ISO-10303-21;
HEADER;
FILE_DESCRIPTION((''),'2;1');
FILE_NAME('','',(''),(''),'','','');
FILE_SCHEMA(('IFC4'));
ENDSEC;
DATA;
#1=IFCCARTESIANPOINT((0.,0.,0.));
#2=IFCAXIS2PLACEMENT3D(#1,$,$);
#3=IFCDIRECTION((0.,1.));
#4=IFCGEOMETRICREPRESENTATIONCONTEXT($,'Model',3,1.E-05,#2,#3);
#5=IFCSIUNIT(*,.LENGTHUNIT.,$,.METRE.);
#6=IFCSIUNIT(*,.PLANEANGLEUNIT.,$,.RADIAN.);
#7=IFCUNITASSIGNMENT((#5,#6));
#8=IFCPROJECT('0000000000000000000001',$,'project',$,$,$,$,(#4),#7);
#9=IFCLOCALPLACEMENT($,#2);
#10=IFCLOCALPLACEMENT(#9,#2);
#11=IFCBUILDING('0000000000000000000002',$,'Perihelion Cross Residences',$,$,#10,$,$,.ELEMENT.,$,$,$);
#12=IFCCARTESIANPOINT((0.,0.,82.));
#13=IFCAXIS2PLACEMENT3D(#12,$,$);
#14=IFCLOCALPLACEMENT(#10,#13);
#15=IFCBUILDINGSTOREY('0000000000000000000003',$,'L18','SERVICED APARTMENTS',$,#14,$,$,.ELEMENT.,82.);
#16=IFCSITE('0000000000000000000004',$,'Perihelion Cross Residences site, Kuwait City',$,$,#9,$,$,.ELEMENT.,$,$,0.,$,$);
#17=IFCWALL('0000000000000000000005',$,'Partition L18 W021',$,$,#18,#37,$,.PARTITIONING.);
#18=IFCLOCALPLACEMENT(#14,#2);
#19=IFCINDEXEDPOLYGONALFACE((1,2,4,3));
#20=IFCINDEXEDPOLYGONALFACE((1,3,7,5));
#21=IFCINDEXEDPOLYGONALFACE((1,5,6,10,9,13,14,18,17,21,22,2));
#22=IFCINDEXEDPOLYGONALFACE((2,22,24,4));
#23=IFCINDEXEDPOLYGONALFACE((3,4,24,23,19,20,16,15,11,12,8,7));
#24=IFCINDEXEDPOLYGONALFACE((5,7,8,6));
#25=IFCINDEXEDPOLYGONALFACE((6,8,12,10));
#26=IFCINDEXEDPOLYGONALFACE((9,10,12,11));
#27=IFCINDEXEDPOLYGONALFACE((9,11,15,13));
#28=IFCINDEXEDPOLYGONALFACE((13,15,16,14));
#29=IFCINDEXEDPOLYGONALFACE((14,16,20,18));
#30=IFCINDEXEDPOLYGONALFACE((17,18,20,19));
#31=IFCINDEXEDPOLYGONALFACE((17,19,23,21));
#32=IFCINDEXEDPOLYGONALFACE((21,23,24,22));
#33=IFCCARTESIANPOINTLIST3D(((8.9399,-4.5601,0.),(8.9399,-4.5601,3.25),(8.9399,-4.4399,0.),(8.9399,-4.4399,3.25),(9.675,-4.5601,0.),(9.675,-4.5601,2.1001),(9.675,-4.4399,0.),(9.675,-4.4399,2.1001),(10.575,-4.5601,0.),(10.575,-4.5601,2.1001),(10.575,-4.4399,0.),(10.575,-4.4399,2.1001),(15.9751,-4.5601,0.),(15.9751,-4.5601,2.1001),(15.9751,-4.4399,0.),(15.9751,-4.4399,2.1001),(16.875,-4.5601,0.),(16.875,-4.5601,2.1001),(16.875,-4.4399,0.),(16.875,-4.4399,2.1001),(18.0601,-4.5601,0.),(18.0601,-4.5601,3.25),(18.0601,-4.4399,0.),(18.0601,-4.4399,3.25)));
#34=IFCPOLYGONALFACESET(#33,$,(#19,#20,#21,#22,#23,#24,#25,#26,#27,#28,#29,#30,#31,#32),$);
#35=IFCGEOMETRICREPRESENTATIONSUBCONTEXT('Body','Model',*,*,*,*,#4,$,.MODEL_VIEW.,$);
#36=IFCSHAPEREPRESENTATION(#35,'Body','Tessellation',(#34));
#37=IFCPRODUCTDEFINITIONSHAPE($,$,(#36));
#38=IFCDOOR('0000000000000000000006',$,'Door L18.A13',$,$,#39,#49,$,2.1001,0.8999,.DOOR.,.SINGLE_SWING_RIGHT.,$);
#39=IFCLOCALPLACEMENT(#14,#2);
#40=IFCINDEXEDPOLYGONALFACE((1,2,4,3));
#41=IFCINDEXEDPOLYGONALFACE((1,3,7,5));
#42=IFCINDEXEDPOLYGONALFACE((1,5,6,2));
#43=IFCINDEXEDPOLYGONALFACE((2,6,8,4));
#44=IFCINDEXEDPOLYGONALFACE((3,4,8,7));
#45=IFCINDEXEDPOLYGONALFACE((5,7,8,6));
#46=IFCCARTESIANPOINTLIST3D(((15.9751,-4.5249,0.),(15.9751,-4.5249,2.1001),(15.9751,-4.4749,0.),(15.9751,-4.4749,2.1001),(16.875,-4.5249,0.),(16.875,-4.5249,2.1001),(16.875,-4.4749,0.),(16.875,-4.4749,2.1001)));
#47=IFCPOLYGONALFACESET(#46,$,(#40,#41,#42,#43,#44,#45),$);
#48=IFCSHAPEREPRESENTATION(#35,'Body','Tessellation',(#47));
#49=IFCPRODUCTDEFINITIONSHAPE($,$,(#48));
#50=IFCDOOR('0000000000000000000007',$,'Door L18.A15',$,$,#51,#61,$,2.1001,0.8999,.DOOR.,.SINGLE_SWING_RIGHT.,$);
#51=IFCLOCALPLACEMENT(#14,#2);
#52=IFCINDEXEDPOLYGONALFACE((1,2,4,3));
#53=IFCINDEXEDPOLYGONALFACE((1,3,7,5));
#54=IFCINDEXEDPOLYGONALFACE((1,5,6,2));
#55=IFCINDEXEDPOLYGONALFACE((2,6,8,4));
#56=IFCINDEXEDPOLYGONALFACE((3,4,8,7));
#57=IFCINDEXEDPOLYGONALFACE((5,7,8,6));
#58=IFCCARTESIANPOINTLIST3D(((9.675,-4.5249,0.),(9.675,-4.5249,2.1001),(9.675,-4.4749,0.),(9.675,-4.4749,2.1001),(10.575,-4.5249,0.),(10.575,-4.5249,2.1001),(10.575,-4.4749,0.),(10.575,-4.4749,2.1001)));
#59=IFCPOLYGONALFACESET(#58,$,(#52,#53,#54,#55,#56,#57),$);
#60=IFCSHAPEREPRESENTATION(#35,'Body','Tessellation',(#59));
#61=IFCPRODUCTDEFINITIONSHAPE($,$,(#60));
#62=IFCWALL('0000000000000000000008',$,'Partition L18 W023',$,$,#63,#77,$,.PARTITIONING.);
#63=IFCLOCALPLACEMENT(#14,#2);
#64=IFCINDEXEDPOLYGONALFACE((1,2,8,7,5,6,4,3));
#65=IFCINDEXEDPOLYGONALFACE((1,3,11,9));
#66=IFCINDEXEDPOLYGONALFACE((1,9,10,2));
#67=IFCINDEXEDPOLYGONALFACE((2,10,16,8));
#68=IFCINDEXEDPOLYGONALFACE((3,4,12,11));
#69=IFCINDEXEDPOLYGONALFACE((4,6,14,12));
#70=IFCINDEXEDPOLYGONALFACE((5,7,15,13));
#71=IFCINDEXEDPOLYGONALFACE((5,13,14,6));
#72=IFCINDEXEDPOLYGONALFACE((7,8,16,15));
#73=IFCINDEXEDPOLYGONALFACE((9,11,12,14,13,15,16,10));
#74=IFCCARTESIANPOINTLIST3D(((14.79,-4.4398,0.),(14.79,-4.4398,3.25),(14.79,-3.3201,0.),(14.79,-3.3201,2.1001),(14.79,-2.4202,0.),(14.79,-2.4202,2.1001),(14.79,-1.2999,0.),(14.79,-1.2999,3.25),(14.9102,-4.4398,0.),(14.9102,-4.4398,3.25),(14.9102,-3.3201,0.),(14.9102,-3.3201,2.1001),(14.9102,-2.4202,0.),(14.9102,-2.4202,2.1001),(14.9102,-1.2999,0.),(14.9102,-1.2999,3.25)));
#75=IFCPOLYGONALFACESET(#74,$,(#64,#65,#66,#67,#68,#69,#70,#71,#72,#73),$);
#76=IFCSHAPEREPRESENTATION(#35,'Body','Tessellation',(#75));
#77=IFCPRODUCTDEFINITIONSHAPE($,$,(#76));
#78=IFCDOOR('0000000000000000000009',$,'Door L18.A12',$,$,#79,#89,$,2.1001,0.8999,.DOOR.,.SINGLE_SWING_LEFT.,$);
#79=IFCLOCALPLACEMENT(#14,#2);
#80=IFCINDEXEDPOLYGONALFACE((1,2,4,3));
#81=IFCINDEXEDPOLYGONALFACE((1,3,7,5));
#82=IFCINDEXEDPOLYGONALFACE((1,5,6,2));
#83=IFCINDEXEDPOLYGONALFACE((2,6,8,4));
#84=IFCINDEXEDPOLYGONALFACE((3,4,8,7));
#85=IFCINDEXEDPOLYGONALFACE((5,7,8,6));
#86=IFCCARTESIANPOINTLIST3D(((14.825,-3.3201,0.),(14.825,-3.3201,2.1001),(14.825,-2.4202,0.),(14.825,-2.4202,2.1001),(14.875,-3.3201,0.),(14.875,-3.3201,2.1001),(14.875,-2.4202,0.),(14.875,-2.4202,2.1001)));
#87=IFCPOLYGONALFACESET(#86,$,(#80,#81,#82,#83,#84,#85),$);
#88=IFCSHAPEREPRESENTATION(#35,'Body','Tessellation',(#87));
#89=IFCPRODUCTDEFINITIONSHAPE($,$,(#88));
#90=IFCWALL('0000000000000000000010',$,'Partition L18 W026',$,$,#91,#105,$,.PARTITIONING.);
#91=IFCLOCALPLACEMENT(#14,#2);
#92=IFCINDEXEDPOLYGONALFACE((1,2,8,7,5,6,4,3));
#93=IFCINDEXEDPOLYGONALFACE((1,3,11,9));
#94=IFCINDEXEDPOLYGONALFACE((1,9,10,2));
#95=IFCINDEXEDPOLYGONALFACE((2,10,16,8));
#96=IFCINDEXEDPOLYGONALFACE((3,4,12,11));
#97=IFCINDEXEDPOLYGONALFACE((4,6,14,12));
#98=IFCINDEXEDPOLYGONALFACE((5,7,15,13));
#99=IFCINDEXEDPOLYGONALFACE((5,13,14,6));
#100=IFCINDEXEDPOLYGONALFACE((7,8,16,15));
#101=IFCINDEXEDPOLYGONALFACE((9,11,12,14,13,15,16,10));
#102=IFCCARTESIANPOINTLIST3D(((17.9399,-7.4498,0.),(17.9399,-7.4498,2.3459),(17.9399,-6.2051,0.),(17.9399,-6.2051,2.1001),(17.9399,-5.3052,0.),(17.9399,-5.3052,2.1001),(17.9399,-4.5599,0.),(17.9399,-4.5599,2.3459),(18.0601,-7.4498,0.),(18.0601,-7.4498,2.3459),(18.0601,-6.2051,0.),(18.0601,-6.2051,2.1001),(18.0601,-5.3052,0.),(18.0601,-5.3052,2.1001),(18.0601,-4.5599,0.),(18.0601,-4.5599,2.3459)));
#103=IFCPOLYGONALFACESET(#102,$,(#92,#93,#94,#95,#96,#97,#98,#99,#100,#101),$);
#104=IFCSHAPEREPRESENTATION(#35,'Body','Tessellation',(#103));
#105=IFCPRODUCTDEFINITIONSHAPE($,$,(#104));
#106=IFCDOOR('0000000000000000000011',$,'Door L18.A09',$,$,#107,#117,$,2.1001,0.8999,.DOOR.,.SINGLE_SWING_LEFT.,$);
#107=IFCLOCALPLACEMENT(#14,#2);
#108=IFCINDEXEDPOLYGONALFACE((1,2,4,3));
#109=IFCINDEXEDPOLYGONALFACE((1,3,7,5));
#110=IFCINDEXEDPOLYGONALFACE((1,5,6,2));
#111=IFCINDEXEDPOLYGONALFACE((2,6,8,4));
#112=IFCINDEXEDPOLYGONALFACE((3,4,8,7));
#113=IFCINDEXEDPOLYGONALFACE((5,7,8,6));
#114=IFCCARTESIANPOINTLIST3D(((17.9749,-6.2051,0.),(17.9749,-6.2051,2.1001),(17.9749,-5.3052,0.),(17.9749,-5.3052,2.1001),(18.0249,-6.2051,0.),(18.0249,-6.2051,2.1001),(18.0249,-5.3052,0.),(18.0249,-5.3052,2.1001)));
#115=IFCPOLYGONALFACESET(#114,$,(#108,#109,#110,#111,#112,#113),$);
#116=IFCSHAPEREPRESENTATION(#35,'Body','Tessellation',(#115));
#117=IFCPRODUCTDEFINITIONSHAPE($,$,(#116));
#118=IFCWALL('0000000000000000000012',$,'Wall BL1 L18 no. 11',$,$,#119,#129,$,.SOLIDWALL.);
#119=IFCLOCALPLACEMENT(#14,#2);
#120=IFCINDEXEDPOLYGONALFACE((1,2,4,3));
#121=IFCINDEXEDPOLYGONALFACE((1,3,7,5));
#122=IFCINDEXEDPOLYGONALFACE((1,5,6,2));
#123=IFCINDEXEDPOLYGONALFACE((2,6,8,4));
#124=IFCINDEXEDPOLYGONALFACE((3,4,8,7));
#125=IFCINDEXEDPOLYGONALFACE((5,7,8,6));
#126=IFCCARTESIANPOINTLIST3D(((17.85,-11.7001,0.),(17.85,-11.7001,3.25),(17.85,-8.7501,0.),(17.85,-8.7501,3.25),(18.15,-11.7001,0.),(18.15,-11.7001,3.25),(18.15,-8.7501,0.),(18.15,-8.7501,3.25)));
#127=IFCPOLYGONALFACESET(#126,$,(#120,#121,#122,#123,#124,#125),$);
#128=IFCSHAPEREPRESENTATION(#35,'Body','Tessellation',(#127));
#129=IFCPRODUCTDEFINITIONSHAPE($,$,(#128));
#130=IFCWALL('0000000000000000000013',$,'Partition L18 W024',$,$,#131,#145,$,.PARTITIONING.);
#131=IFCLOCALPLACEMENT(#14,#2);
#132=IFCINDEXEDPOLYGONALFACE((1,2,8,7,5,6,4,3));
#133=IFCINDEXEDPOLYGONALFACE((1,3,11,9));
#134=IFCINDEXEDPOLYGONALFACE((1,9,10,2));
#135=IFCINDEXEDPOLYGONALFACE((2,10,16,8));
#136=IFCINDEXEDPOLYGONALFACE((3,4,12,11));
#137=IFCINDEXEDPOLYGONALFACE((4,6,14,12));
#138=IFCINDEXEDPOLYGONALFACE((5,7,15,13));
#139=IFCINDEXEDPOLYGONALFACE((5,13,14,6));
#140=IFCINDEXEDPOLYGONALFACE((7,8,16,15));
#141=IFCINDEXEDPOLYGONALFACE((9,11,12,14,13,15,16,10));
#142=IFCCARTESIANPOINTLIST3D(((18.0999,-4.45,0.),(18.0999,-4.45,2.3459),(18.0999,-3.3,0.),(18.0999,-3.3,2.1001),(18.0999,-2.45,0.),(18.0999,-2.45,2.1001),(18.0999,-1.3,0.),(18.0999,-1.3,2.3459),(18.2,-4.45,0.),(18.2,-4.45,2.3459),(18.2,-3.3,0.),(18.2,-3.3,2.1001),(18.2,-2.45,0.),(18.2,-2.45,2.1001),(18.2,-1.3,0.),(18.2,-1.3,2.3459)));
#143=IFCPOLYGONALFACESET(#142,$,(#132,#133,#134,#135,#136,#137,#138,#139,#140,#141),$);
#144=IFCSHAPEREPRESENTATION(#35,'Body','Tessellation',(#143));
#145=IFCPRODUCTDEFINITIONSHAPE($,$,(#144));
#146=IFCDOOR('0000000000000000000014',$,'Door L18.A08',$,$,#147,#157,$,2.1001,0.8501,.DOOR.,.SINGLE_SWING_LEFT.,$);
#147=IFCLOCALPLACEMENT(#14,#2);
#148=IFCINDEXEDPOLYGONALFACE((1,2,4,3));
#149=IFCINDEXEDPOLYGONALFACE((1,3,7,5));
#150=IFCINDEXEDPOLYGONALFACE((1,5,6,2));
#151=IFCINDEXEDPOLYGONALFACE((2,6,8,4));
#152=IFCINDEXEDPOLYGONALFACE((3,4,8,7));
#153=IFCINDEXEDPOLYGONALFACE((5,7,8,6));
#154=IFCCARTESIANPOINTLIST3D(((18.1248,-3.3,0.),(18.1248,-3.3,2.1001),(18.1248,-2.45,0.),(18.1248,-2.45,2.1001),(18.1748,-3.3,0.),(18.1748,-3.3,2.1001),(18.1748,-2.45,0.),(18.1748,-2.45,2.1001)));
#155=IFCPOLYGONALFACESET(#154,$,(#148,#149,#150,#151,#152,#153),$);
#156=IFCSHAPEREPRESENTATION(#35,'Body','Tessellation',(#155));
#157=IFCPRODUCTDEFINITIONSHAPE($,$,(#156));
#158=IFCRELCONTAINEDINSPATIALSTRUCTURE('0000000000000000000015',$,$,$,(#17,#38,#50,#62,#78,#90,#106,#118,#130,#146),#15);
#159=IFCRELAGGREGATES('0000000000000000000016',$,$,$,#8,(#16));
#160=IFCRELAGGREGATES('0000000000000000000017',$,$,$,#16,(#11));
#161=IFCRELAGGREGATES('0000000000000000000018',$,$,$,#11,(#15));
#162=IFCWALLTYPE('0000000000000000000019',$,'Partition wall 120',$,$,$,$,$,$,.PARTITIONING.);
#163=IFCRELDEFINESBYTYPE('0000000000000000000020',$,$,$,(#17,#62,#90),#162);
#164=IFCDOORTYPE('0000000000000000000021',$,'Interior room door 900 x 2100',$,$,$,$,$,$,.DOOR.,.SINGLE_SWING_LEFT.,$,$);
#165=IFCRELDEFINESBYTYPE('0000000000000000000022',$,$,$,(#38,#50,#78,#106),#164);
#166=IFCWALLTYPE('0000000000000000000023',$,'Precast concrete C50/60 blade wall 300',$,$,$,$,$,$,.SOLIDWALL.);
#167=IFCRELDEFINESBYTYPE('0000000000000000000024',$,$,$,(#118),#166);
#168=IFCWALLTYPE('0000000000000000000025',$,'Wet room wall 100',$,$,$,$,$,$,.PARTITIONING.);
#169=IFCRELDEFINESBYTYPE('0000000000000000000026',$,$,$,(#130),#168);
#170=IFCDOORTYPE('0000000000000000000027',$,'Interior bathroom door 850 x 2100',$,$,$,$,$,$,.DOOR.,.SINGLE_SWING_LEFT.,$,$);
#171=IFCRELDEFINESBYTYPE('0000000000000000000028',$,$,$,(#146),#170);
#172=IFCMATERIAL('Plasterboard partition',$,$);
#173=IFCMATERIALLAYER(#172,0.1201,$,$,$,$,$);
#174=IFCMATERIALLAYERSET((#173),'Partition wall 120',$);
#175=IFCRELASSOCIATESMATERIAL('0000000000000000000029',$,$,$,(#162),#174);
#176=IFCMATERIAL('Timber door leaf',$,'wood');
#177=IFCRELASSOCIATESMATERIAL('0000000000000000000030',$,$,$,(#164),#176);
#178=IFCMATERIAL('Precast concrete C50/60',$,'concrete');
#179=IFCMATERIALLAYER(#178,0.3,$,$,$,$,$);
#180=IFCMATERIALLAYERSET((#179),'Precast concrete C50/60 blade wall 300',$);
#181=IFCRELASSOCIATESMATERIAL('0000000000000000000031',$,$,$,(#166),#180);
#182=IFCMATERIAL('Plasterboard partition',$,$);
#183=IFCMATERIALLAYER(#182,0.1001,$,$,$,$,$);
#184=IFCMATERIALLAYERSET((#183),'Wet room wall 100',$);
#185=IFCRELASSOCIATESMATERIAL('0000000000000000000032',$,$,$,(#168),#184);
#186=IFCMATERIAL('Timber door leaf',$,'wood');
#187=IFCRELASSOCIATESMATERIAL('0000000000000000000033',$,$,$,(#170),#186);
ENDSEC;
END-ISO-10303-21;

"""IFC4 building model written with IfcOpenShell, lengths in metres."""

from ifc_helpers import new_model, si_unit, direction, frame, frame_2d, origin, place, context, subcontext, project, spatial, rectangle, extrude, material, layer, layer_set, type_object, element, fill, save


model = new_model("IFC4")

# Units and contexts
model_context = context("Model", 3, precision=1e-05, world=origin(), true_north=direction((0.0, 1.0)))
body_context = subcontext(model_context, "Body", "Model", "MODEL_VIEW")
ifc_project = project(units=[si_unit("LENGTHUNIT", "METRE"), si_unit("PLANEANGLEUNIT", "RADIAN")], contexts=[model_context])

# Site, building, storey
site_placement = place(None, origin())
site = spatial("IfcSite", under=ifc_project, at=site_placement, Name="Perihelion Cross Residences site, Kuwait City", CompositionType="ELEMENT", RefElevation=0.0)
building_placement = place(site_placement, origin())
building = spatial("IfcBuilding", under=site, at=building_placement, Name="Perihelion Cross Residences", CompositionType="ELEMENT")
storey_placement = place(building_placement, frame((0.0, 0.0, 82.0)))
storey = spatial("IfcBuildingStorey", under=building, at=storey_placement, Name="L18", Description="SERVICED APARTMENTS", CompositionType="ELEMENT", Elevation=82.0)

# Shared definitions
ifc_material_1 = material(Name="Plasterboard partition")
ifc_layer_1 = layer(ifc_material_1, 0.1201)
ifc_layer_set_1 = layer_set([ifc_layer_1], Name="Partition wall 120")
wall_type_1 = type_object("IfcWallType", Name="Partition wall 120", PredefinedType="PARTITIONING", material=ifc_layer_set_1)

# Wall, openings, doors
wall_1_placement = place(storey_placement, frame((18.0601, -4.5, 0.0), z_axis=(0.0, 0.0, 1.0), x_axis=(-1.0, 0.0, 0.0)))
wall_1 = element("IfcWall", 1, at=wall_1_placement, inside=storey, type_object=wall_type_1, Name="Partition L18 W021", PredefinedType="PARTITIONING", context=body_context, shape_type="SweptSolid", body=[
    extrude(rectangle(XDim=9.1201, YDim=0.1201, at=frame_2d((4.5601, 0.0))), origin(), (0.0, 0.0, 1.0), 3.25),
])
opening_1_placement = place(wall_1_placement, frame((1.1851, 0.0, 0.0)))
opening_1 = element("IfcOpeningElement", 2, at=opening_1_placement, cuts=wall_1, PredefinedType="OPENING", context=body_context, shape_type="SweptSolid", body=[
    extrude(rectangle(XDim=0.8999, YDim=2.1001, at=frame_2d((0.45, 1.05))), frame((0.0, 0.0701, 0.0), z_axis=(0.0, -1.0, 0.0), x_axis=(1.0, 0.0, 0.0)), (0.0, 0.0, 1.0), 0.1401),
])
opening_2_placement = place(wall_1_placement, frame((7.4851, 0.0, 0.0)))
opening_2 = element("IfcOpeningElement", 3, at=opening_2_placement, cuts=wall_1, PredefinedType="OPENING", context=body_context, shape_type="SweptSolid", body=[
    extrude(rectangle(XDim=0.8999, YDim=2.1001, at=frame_2d((0.45, 1.05))), frame((0.0, 0.0701, 0.0), z_axis=(0.0, -1.0, 0.0), x_axis=(1.0, 0.0, 0.0)), (0.0, 0.0, 1.0), 0.1401),
])
ifc_material_2 = material(Name="Timber door leaf", Category="wood")
door_type_1 = type_object("IfcDoorType", Name="Interior room door 900 x 2100", OperationType="SINGLE_SWING_LEFT", PredefinedType="DOOR", material=ifc_material_2)
door_1_placement = place(opening_1_placement, origin())
door_1 = element("IfcDoor", 4, at=door_1_placement, inside=storey, type_object=door_type_1, Name="Door L18.A13", OperationType="SINGLE_SWING_RIGHT", OverallHeight=2.1001, OverallWidth=0.8999, PredefinedType="DOOR", context=body_context, shape_type="SweptSolid", body=[
    extrude(rectangle(XDim=0.8999, YDim=2.1001, at=frame_2d((0.45, 1.05))), frame((0.0, 0.0249, 0.0), z_axis=(0.0, -1.0, 0.0), x_axis=(1.0, 0.0, 0.0)), (0.0, 0.0, 1.0), 0.05),
])
fill(opening_1, door_1)
door_2_placement = place(opening_2_placement, origin())
door_2 = element("IfcDoor", 5, at=door_2_placement, inside=storey, type_object=door_type_1, Name="Door L18.A15", OperationType="SINGLE_SWING_RIGHT", OverallHeight=2.1001, OverallWidth=0.8999, PredefinedType="DOOR", context=body_context, shape_type="SweptSolid", body=[
    extrude(rectangle(XDim=0.8999, YDim=2.1001, at=frame_2d((0.45, 1.05))), frame((0.0, 0.0249, 0.0), z_axis=(0.0, -1.0, 0.0), x_axis=(1.0, 0.0, 0.0)), (0.0, 0.0, 1.0), 0.05),
])
fill(opening_2, door_2)

# Walls, openings, doors
wall_2_placement = place(storey_placement, frame((14.8501, -1.3, 0.0), z_axis=(0.0, 0.0, 1.0), x_axis=(0.0, -1.0, 0.0)))
wall_2 = element("IfcWall", 6, at=wall_2_placement, inside=storey, type_object=wall_type_1, Name="Partition L18 W023", PredefinedType="PARTITIONING", context=body_context, shape_type="SweptSolid", body=[
    extrude(rectangle(XDim=3.1399, YDim=0.1201, at=frame_2d((1.5698, 0.0))), origin(), (0.0, 0.0, 1.0), 3.25),
])
opening_3_placement = place(wall_2_placement, frame((1.1201, 0.0, 0.0)))
opening_3 = element("IfcOpeningElement", 7, at=opening_3_placement, cuts=wall_2, PredefinedType="OPENING", context=body_context, shape_type="SweptSolid", body=[
    extrude(rectangle(XDim=0.8999, YDim=2.1001, at=frame_2d((0.45, 1.05))), frame((0.0, 0.0701, 0.0), z_axis=(0.0, -1.0, 0.0), x_axis=(1.0, 0.0, 0.0)), (0.0, 0.0, 1.0), 0.1401),
])
door_3_placement = place(opening_3_placement, origin())
door_3 = element("IfcDoor", 8, at=door_3_placement, inside=storey, type_object=door_type_1, Name="Door L18.A12", OperationType="SINGLE_SWING_LEFT", OverallHeight=2.1001, OverallWidth=0.8999, PredefinedType="DOOR", context=body_context, shape_type="SweptSolid", body=[
    extrude(rectangle(XDim=0.8999, YDim=2.1001, at=frame_2d((0.45, 1.05))), frame((0.0, 0.0249, 0.0), z_axis=(0.0, -1.0, 0.0), x_axis=(1.0, 0.0, 0.0)), (0.0, 0.0, 1.0), 0.05),
])
fill(opening_3, door_3)
wall_3_placement = place(storey_placement, frame((18.0, -4.5601, 0.0), z_axis=(0.0, 0.0, 1.0), x_axis=(0.0, -1.0, 0.0)))
wall_3 = element("IfcWall", 9, at=wall_3_placement, inside=storey, type_object=wall_type_1, Name="Partition L18 W026", PredefinedType="PARTITIONING", context=body_context, shape_type="SweptSolid", body=[
    extrude(rectangle(XDim=2.8899, YDim=0.1201, at=frame_2d((1.4448, 0.0))), origin(), (0.0, 0.0, 1.0), 2.3459),
])
opening_4_placement = place(wall_3_placement, frame((0.7451, 0.0, 0.0)))
opening_4 = element("IfcOpeningElement", 10, at=opening_4_placement, cuts=wall_3, PredefinedType="OPENING", context=body_context, shape_type="SweptSolid", body=[
    extrude(rectangle(XDim=0.8999, YDim=2.1001, at=frame_2d((0.45, 1.05))), frame((0.0, 0.0701, 0.0), z_axis=(0.0, -1.0, 0.0), x_axis=(1.0, 0.0, 0.0)), (0.0, 0.0, 1.0), 0.1401),
])
door_4_placement = place(opening_4_placement, origin())
door_4 = element("IfcDoor", 11, at=door_4_placement, inside=storey, type_object=door_type_1, Name="Door L18.A09", OperationType="SINGLE_SWING_LEFT", OverallHeight=2.1001, OverallWidth=0.8999, PredefinedType="DOOR", context=body_context, shape_type="SweptSolid", body=[
    extrude(rectangle(XDim=0.8999, YDim=2.1001, at=frame_2d((0.45, 1.05))), frame((0.0, 0.0249, 0.0), z_axis=(0.0, -1.0, 0.0), x_axis=(1.0, 0.0, 0.0)), (0.0, 0.0, 1.0), 0.05),
])
fill(opening_4, door_4)

# Wall
ifc_material_3 = material(Name="Precast concrete C50/60", Category="concrete")
ifc_layer_2 = layer(ifc_material_3, 0.3)
ifc_layer_set_2 = layer_set([ifc_layer_2], Name="Precast concrete C50/60 blade wall 300")
wall_type_2 = type_object("IfcWallType", Name="Precast concrete C50/60 blade wall 300", PredefinedType="SOLIDWALL", material=ifc_layer_set_2)
wall_4_placement = place(storey_placement, frame((18.0, -8.75, 0.0), z_axis=(0.0, 0.0, 1.0), x_axis=(0.0, -1.0, 0.0)))
element("IfcWall", 12, at=wall_4_placement, inside=storey, type_object=wall_type_2, Name="Wall BL1 L18 no. 11", PredefinedType="SOLIDWALL", context=body_context, shape_type="SweptSolid", body=[
    extrude(rectangle(XDim=2.95, YDim=0.3, at=frame_2d((1.4751, 0.0))), origin(), (0.0, 0.0, 1.0), 3.25),
])

# Wall, opening, door
ifc_material_4 = material(Name="Plasterboard partition")
ifc_layer_3 = layer(ifc_material_4, 0.1001)
ifc_layer_set_3 = layer_set([ifc_layer_3], Name="Wet room wall 100")
wall_type_3 = type_object("IfcWallType", Name="Wet room wall 100", PredefinedType="PARTITIONING", material=ifc_layer_set_3)
wall_5_placement = place(storey_placement, frame((18.1499, -1.3, 0.0), z_axis=(0.0, 0.0, 1.0), x_axis=(0.0, -1.0, 0.0)))
wall_5 = element("IfcWall", 13, at=wall_5_placement, inside=storey, type_object=wall_type_3, Name="Partition L18 W024", PredefinedType="PARTITIONING", context=body_context, shape_type="SweptSolid", body=[
    extrude(rectangle(XDim=3.1499, YDim=0.1001, at=frame_2d((1.575, 0.0))), origin(), (0.0, 0.0, 1.0), 2.3459),
])
opening_5_placement = place(wall_5_placement, frame((1.1499, 0.0, 0.0)))
opening_5 = element("IfcOpeningElement", 14, at=opening_5_placement, cuts=wall_5, PredefinedType="OPENING", context=body_context, shape_type="SweptSolid", body=[
    extrude(rectangle(XDim=0.8501, YDim=2.1001, at=frame_2d((0.425, 1.05))), frame((0.0, 0.0601, 0.0), z_axis=(0.0, -1.0, 0.0), x_axis=(1.0, 0.0, 0.0)), (0.0, 0.0, 1.0), 0.1201),
])
ifc_material_5 = material(Name="Timber door leaf", Category="wood")
door_type_2 = type_object("IfcDoorType", Name="Interior bathroom door 850 x 2100", OperationType="SINGLE_SWING_LEFT", PredefinedType="DOOR", material=ifc_material_5)
door_5_placement = place(opening_5_placement, origin())
door_5 = element("IfcDoor", 15, at=door_5_placement, inside=storey, type_object=door_type_2, Name="Door L18.A08", OperationType="SINGLE_SWING_LEFT", OverallHeight=2.1001, OverallWidth=0.8501, PredefinedType="DOOR", context=body_context, shape_type="SweptSolid", body=[
    extrude(rectangle(XDim=0.8501, YDim=2.1001, at=frame_2d((0.425, 1.05))), frame((0.0, 0.0249, 0.0), z_axis=(0.0, -1.0, 0.0), x_axis=(1.0, 0.0, 0.0)), (0.0, 0.0, 1.0), 0.05),
])
fill(opening_5, door_5)

save(model, "model.ifc")
